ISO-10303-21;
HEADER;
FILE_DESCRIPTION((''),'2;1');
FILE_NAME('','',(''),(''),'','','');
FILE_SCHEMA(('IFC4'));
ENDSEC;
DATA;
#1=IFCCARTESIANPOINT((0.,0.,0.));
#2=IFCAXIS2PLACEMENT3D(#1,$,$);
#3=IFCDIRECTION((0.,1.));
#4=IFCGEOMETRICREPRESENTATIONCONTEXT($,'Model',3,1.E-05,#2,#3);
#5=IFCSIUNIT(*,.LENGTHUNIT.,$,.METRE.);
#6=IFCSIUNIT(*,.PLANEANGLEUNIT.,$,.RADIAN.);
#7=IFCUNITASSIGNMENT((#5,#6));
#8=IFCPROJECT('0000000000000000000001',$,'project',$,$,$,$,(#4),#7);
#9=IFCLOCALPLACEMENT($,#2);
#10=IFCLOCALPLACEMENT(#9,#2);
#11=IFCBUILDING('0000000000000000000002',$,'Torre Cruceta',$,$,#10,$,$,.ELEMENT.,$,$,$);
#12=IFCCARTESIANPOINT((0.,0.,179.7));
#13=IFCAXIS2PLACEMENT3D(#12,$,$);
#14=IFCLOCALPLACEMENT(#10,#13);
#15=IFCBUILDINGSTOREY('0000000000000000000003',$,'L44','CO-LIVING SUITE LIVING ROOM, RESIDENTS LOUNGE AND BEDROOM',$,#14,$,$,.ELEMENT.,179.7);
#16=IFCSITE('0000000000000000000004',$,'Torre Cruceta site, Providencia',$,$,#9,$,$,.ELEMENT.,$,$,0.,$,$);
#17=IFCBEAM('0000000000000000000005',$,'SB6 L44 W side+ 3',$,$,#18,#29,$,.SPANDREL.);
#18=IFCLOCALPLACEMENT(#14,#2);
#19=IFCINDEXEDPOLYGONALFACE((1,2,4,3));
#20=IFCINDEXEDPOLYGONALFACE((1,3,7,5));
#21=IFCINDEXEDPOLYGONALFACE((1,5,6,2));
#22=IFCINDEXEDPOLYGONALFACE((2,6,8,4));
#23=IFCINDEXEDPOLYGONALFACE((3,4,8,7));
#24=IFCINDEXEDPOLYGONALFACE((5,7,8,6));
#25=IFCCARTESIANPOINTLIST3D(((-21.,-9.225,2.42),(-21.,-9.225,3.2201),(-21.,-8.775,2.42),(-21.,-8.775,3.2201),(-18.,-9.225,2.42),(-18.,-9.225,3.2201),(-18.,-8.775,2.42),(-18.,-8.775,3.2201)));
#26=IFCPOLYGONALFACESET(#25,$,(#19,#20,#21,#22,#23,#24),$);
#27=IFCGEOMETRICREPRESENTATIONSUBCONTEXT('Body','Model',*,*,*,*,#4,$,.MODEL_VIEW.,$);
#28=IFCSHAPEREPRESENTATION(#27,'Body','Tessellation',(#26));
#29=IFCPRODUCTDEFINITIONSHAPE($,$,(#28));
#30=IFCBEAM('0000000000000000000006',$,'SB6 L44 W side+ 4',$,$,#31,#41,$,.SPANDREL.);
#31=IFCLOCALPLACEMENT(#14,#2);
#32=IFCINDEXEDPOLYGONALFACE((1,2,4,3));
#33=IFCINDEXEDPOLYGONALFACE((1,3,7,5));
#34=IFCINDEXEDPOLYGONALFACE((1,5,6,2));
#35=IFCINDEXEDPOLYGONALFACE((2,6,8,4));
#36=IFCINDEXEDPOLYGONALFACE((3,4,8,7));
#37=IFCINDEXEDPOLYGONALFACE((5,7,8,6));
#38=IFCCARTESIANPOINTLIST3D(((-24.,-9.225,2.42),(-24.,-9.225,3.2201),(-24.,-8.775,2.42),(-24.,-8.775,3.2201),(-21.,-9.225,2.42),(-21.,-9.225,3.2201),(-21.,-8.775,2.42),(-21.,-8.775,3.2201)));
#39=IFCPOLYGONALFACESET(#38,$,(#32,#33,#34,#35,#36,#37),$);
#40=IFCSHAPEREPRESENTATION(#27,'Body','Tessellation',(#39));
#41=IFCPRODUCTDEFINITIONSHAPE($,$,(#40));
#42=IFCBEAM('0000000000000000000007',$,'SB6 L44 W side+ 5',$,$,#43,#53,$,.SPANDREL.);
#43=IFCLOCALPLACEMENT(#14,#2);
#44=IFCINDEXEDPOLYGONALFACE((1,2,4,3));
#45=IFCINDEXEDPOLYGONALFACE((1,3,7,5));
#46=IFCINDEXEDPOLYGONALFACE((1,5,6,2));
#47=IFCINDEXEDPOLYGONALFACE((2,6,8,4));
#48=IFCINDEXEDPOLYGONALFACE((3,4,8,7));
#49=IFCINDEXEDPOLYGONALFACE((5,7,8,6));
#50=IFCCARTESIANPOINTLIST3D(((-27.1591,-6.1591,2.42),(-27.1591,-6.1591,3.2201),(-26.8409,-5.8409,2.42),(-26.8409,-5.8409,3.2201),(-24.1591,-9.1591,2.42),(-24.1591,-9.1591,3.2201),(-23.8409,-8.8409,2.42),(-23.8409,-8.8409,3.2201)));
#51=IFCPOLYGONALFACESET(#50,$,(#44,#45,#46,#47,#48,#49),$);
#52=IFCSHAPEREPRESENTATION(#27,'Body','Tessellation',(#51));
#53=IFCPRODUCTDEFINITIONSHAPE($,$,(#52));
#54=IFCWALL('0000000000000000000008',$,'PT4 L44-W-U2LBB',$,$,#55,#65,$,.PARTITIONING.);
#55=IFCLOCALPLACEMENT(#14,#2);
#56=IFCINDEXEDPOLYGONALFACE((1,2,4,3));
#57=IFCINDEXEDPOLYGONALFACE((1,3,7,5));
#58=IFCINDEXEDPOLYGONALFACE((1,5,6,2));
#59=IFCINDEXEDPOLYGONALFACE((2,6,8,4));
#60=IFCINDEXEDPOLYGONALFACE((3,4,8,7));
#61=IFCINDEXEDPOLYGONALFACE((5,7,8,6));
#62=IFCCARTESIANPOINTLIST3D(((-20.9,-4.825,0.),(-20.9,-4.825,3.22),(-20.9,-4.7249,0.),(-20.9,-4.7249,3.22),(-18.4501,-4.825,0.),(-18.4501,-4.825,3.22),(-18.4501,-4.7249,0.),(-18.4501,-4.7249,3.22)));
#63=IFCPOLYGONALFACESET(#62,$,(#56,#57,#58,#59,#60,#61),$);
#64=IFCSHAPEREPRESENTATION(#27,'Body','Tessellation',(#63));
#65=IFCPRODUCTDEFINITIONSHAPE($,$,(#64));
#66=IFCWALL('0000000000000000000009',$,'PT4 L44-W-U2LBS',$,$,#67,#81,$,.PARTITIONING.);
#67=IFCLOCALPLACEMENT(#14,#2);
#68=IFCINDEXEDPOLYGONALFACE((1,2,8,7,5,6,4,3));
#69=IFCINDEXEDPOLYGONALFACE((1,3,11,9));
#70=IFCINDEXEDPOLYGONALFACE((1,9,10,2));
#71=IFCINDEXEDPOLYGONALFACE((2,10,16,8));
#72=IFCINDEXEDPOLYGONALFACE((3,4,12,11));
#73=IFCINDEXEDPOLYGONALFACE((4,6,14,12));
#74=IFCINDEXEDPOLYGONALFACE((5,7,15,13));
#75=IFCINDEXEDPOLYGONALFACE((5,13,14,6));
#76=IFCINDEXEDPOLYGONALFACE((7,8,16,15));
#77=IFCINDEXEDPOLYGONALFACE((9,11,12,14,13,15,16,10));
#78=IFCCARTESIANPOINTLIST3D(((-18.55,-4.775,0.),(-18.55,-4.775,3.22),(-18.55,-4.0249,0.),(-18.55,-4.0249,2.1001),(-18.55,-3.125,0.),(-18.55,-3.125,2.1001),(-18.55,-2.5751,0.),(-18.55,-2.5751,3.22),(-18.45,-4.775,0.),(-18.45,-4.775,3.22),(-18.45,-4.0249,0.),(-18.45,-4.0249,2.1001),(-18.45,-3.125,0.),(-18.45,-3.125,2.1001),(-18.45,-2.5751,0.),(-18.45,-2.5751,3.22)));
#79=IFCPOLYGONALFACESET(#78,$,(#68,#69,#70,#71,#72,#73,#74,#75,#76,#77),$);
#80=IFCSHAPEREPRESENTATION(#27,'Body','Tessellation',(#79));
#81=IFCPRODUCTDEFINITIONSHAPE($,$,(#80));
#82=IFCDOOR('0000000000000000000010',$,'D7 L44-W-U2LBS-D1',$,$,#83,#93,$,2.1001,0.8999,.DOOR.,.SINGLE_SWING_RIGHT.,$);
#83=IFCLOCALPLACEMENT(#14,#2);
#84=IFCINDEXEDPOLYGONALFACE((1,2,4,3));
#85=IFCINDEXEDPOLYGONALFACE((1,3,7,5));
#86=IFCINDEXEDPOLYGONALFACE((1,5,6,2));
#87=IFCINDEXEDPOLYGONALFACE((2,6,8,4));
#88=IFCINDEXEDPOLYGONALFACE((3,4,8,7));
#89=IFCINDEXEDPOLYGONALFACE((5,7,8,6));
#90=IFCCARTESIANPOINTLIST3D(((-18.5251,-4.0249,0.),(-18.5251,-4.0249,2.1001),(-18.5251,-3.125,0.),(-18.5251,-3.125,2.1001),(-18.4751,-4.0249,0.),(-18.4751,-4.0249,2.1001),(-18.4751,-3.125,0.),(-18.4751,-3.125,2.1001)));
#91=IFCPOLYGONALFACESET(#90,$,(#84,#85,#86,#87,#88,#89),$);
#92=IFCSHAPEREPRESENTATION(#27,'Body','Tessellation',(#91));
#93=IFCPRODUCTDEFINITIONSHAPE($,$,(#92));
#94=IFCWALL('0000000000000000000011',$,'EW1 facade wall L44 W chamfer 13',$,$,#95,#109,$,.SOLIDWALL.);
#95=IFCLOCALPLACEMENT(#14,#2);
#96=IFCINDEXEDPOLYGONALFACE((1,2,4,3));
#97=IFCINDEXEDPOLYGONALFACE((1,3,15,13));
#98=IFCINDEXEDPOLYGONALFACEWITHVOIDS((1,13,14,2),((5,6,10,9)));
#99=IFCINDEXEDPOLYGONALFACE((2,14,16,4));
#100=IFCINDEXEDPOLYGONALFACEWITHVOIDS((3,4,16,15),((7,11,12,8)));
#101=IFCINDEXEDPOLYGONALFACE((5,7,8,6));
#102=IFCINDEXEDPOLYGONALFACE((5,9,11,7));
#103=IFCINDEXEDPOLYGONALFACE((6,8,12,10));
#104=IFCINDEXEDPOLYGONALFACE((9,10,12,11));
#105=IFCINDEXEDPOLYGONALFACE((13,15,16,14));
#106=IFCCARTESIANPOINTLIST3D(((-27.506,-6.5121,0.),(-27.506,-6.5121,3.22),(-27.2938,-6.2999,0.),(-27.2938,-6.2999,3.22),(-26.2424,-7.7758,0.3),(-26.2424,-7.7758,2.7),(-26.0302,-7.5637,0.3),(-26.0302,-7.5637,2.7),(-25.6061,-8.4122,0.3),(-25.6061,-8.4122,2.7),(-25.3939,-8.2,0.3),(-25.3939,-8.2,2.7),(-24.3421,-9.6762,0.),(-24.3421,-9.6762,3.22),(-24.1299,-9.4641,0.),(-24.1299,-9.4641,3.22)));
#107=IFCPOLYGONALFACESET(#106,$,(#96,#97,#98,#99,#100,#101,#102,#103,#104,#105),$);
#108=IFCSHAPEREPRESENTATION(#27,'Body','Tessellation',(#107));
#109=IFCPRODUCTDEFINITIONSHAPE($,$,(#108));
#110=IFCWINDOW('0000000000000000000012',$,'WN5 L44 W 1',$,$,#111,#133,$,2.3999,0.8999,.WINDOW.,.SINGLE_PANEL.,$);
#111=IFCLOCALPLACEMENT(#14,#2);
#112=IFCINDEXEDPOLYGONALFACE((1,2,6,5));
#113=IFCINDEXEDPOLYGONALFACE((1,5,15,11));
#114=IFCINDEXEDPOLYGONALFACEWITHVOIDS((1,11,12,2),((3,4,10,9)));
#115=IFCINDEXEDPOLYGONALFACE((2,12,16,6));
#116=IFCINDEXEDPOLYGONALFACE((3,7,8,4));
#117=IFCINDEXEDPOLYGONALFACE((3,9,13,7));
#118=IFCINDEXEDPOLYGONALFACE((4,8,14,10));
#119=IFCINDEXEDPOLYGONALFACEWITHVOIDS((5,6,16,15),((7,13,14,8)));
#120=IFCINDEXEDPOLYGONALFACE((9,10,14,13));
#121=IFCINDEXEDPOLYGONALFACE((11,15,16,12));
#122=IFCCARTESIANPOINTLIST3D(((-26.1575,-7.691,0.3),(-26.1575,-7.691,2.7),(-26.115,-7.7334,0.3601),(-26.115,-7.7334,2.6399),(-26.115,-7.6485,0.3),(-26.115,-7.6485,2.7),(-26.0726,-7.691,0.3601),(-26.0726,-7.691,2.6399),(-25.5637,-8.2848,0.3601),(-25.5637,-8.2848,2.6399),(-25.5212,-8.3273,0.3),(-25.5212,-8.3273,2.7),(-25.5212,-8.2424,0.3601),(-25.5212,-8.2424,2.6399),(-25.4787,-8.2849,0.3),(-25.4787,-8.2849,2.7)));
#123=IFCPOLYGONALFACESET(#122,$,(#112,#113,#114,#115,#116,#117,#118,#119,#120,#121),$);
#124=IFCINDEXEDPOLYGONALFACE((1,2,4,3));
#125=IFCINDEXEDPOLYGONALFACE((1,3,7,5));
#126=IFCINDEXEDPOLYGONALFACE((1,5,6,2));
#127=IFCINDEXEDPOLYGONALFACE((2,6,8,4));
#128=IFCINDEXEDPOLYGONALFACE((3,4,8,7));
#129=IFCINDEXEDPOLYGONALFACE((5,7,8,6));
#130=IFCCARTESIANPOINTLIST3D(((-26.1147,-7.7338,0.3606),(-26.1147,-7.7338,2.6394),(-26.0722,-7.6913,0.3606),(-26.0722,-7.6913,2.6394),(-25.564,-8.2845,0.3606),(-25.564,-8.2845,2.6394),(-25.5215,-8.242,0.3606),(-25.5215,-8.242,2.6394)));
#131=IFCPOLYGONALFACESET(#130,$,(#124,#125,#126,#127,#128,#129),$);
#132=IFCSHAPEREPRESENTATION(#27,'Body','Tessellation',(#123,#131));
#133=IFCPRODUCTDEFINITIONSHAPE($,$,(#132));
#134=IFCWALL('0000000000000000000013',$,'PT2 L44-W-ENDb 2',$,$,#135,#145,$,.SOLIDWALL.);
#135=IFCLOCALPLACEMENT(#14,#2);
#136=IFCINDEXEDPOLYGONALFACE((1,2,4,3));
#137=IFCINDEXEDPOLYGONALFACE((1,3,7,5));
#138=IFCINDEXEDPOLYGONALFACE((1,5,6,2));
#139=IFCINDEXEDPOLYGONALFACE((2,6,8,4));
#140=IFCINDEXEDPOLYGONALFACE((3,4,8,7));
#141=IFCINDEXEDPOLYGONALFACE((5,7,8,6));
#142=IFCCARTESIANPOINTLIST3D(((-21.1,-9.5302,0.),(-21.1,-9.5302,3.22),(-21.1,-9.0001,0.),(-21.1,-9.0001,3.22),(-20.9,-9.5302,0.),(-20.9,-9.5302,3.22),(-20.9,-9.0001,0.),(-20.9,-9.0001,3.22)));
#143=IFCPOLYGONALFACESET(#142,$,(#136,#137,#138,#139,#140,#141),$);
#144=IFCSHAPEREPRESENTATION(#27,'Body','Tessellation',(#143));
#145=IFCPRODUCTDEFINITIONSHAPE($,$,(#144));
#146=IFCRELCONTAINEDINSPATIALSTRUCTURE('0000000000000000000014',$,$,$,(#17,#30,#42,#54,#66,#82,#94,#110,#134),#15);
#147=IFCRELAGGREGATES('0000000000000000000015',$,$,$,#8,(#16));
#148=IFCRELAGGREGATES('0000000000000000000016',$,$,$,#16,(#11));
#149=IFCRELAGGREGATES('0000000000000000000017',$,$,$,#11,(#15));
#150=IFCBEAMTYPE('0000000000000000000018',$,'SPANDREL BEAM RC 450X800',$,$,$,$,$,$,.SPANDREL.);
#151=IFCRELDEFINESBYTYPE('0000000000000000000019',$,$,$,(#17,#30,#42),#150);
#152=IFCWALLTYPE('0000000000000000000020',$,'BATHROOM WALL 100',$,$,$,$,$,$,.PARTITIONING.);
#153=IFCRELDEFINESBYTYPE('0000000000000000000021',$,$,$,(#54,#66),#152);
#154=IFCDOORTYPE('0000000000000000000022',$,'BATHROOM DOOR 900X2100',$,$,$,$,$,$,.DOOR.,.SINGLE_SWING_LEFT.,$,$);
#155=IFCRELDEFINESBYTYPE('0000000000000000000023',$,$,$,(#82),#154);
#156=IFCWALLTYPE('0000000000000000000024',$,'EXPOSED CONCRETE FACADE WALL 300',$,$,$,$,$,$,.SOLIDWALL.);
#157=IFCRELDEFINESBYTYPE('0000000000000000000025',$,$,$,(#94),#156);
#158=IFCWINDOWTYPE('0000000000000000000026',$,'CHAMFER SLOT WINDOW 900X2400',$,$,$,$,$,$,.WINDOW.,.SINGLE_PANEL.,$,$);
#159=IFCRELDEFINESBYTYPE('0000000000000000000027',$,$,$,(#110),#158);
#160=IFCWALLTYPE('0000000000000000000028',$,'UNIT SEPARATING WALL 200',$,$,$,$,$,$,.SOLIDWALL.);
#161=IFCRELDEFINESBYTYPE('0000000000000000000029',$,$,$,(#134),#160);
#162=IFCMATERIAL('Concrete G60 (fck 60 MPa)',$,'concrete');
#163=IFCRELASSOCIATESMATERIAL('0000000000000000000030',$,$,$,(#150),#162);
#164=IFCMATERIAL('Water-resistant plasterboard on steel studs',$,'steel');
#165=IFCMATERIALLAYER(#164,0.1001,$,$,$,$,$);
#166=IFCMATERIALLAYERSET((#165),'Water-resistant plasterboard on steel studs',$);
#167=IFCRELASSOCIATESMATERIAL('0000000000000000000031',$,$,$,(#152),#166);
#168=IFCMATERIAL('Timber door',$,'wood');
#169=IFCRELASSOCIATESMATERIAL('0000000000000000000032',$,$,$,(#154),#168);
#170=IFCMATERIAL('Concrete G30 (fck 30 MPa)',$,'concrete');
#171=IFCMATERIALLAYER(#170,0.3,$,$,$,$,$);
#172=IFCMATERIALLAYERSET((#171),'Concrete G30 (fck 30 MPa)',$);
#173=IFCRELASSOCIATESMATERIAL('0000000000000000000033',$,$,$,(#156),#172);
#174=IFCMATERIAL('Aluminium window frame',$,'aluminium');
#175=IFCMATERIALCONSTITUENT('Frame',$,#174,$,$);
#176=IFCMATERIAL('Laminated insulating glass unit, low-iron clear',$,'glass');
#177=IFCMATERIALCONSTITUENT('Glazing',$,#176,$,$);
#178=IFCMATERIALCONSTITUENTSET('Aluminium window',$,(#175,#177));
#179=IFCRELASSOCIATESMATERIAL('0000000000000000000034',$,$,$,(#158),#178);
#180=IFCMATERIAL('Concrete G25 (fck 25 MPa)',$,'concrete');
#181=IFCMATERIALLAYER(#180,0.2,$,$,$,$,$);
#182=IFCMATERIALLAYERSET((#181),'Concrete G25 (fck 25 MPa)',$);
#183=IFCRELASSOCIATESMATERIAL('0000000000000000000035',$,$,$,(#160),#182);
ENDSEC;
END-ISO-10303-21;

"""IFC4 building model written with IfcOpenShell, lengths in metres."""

from ifc_helpers import new_model, si_unit, direction, frame, frame_2d, origin, origin_2d, place, context, subcontext, project, spatial, rectangle, hollow_rectangle, extrude, material, layer, layer_set, constituent, constituent_set, material_profile, profile_set, type_object, element, fill, save


model = new_model("IFC4")

# Units and contexts
model_context = context("Model", 3, precision=1e-05, world=origin(), true_north=direction((0.0, 1.0)))
body_context = subcontext(model_context, "Body", "Model", "MODEL_VIEW")
ifc_project = project(units=[si_unit("LENGTHUNIT", "METRE"), si_unit("PLANEANGLEUNIT", "RADIAN")], contexts=[model_context])

# Site, building, storey
site_placement = place(None, origin())
site = spatial("IfcSite", under=ifc_project, at=site_placement, Name="Torre Cruceta site, Providencia", CompositionType="ELEMENT", RefElevation=0.0)
building_placement = place(site_placement, origin())
building = spatial("IfcBuilding", under=site, at=building_placement, Name="Torre Cruceta", CompositionType="ELEMENT")
storey_placement = place(building_placement, frame((0.0, 0.0, 179.7)))
storey = spatial("IfcBuildingStorey", under=building, at=storey_placement, Name="L44", Description="CO-LIVING SUITE LIVING ROOM, RESIDENTS LOUNGE AND BEDROOM", CompositionType="ELEMENT", Elevation=179.7)

# Beams
ifc_material_1 = material(Name="Concrete G60 (fck 60 MPa)", Category="concrete")
ifc_material_profile_1 = material_profile(ifc_material_1, rectangle(XDim=0.45, YDim=0.8, at=origin_2d()), Name="RC 450X800")
ifc_profile_set_1 = profile_set([ifc_material_profile_1], Name="Concrete G60 (fck 60 MPa)")
beam_type_1 = type_object("IfcBeamType", Name="SPANDREL BEAM RC 450X800", PredefinedType="SPANDREL", material=ifc_profile_set_1)
for number, where, z_axis, x_axis, name in (
    (1, (-18.0, -9.0, 2.8201), (-1.0, 0.0, 0.0), (0.0, -1.0, 0.0), "SB6 L44 W side+ 3"),
    (2, (-21.0, -9.0, 2.8201), (-1.0, 0.0, 0.0), (0.0, -1.0, 0.0), "SB6 L44 W side+ 4"),
):
    element("IfcBeam", number, at=place(storey_placement, frame(where, z_axis=z_axis, x_axis=x_axis)), inside=storey, type_object=beam_type_1, Name=name, PredefinedType="SPANDREL", context=body_context, shape_type="SweptSolid", body=[
        extrude(rectangle(XDim=0.45, YDim=0.8, at=origin_2d()), origin(), (0.0, 0.0, 1.0), 3.0),
    ])
beam_1_placement = place(storey_placement, frame((-24.0, -9.0, 2.8201), z_axis=(-0.707107, 0.707107, 0.0), x_axis=(-0.707107, -0.707107, 0.0)))
element("IfcBeam", 3, at=beam_1_placement, inside=storey, type_object=beam_type_1, Name="SB6 L44 W side+ 5", PredefinedType="SPANDREL", context=body_context, shape_type="SweptSolid", body=[
    extrude(rectangle(XDim=0.45, YDim=0.8, at=origin_2d()), origin(), (0.0, 0.0, 1.0), 4.2427),
])

# Wall
ifc_material_2 = material(Name="Water-resistant plasterboard on steel studs", Category="steel")
ifc_layer_1 = layer(ifc_material_2, 0.1001)
ifc_layer_set_1 = layer_set([ifc_layer_1], Name="Water-resistant plasterboard on steel studs")
wall_type_1 = type_object("IfcWallType", Name="BATHROOM WALL 100", PredefinedType="PARTITIONING", material=ifc_layer_set_1)
wall_1_placement = place(storey_placement, frame((-18.45, -4.7749, 0.0), z_axis=(0.0, 0.0, 1.0), x_axis=(-1.0, 0.0, 0.0)))
element("IfcWall", 4, at=wall_1_placement, inside=storey, type_object=wall_type_1, Name="PT4 L44-W-U2LBB", PredefinedType="PARTITIONING", context=body_context, shape_type="SweptSolid", body=[
    extrude(rectangle(XDim=2.45, YDim=0.1001, at=frame_2d((1.2251, 0.0))), origin(), (0.0, 0.0, 1.0), 3.22),
])

# Wall, opening, door
wall_2_placement = place(storey_placement, frame((-18.5, -2.575, 0.0), z_axis=(0.0, 0.0, 1.0), x_axis=(0.0, -1.0, 0.0)))
wall_2 = element("IfcWall", 5, at=wall_2_placement, inside=storey, type_object=wall_type_1, Name="PT4 L44-W-U2LBS", PredefinedType="PARTITIONING", context=body_context, shape_type="SweptSolid", body=[
    extrude(rectangle(XDim=2.2, YDim=0.1001, at=frame_2d((1.1001, 0.0))), origin(), (0.0, 0.0, 1.0), 3.22),
])
opening_1_placement = place(wall_2_placement, frame((0.55, 0.0, 0.0)))
opening_1 = element("IfcOpeningElement", 6, at=opening_1_placement, cuts=wall_2, PredefinedType="OPENING", context=body_context, shape_type="SweptSolid", body=[
    extrude(rectangle(XDim=0.8999, YDim=2.1001, at=frame_2d((0.45, 1.05))), frame((0.0, 0.0601, 0.0), z_axis=(0.0, -1.0, 0.0), x_axis=(1.0, 0.0, 0.0)), (0.0, 0.0, 1.0), 0.1201),
])
ifc_material_3 = material(Name="Timber door", Category="wood")
door_type_1 = type_object("IfcDoorType", Name="BATHROOM DOOR 900X2100", OperationType="SINGLE_SWING_LEFT", PredefinedType="DOOR", material=ifc_material_3)
door_1_placement = place(opening_1_placement, frame((0.8999, 0.0, 0.0), z_axis=(0.0, 0.0, 1.0), x_axis=(-1.0, 0.0, 0.0)))
door_1 = element("IfcDoor", 7, at=door_1_placement, inside=storey, type_object=door_type_1, Name="D7 L44-W-U2LBS-D1", OperationType="SINGLE_SWING_RIGHT", OverallHeight=2.1001, OverallWidth=0.8999, PredefinedType="DOOR", context=body_context, shape_type="SweptSolid", body=[
    extrude(rectangle(XDim=0.8999, YDim=2.1001, at=frame_2d((0.45, 1.05))), frame((0.0, 0.0251, 0.0), z_axis=(0.0, -1.0, 0.0), x_axis=(1.0, 0.0, 0.0)), (0.0, 0.0, 1.0), 0.05),
])
fill(opening_1, door_1)

# Wall, opening, window
ifc_material_4 = material(Name="Concrete G30 (fck 30 MPa)", Category="concrete")
ifc_layer_2 = layer(ifc_material_4, 0.3)
ifc_layer_set_2 = layer_set([ifc_layer_2], Name="Concrete G30 (fck 30 MPa)")
wall_type_2 = type_object("IfcWallType", Name="EXPOSED CONCRETE FACADE WALL 300", PredefinedType="SOLIDWALL", material=ifc_layer_set_2)
wall_3_placement = place(storey_placement, frame((-27.3999, -6.406, 0.0), z_axis=(0.0, 0.0, 1.0), x_axis=(0.707079, -0.707134, 0.0)))
wall_3 = element("IfcWall", 8, at=wall_3_placement, inside=storey, type_object=wall_type_2, Name="EW1 facade wall L44 W chamfer 13", PredefinedType="SOLIDWALL", context=body_context, shape_type="SweptSolid", body=[
    extrude(rectangle(XDim=4.4746, YDim=0.3, at=frame_2d((2.2373, 0.0))), origin(), (0.0, 0.0, 1.0), 3.22),
])
opening_2_placement = place(wall_3_placement, frame((1.7871, 0.0, 0.3)))
opening_2 = element("IfcOpeningElement", 9, at=opening_2_placement, cuts=wall_3, PredefinedType="OPENING", context=body_context, shape_type="SweptSolid", body=[
    extrude(rectangle(XDim=0.8999, YDim=2.3999, at=frame_2d((0.45, 1.2))), frame((0.0, 0.1599, 0.0), z_axis=(0.0, -1.0, 0.0), x_axis=(1.0, 0.0, 0.0)), (0.0, 0.0, 1.0), 0.3201),
])
ifc_material_5 = material(Name="Aluminium window frame", Category="aluminium")
ifc_constituent_1 = constituent(ifc_material_5, Name="Frame")
ifc_material_6 = material(Name="Laminated insulating glass unit, low-iron clear", Category="glass")
ifc_constituent_2 = constituent(ifc_material_6, Name="Glazing")
ifc_constituent_set_1 = constituent_set(constituents=[ifc_constituent_1, ifc_constituent_2], Name="Aluminium window")
window_type = type_object("IfcWindowType", Name="CHAMFER SLOT WINDOW 900X2400", PartitioningType="SINGLE_PANEL", PredefinedType="WINDOW", material=ifc_constituent_set_1)
window_placement = place(opening_2_placement, origin())
window = element("IfcWindow", 10, at=window_placement, inside=storey, type_object=window_type, Name="WN5 L44 W 1", OverallHeight=2.3999, OverallWidth=0.8999, PartitioningType="SINGLE_PANEL", PredefinedType="WINDOW", context=body_context, shape_type="SweptSolid", body=[
    extrude(hollow_rectangle(XDim=0.8999, YDim=2.3999, WallThickness=0.0601, at=frame_2d((0.45, 1.2))), frame((0.0, 0.03, 0.0), z_axis=(0.0, -1.0, 0.0), x_axis=(1.0, 0.0, 0.0)), (0.0, 0.0, 1.0), 0.0601),
    extrude(rectangle(XDim=0.7788, YDim=2.2788, at=frame_2d((0.45, 1.2))), frame((0.0, 0.03, 0.0), z_axis=(0.0, -1.0, 0.0), x_axis=(1.0, 0.0, 0.0)), (0.0, 0.0, 1.0), 0.0601),
])
fill(opening_2, window)

# Wall
ifc_material_7 = material(Name="Concrete G25 (fck 25 MPa)", Category="concrete")
ifc_layer_3 = layer(ifc_material_7, 0.2)
ifc_layer_set_3 = layer_set([ifc_layer_3], Name="Concrete G25 (fck 25 MPa)")
wall_type_3 = type_object("IfcWallType", Name="UNIT SEPARATING WALL 200", PredefinedType="SOLIDWALL", material=ifc_layer_set_3)
wall_4_placement = place(storey_placement, frame((-21.0, -9.0, 0.0), z_axis=(0.0, 0.0, 1.0), x_axis=(0.0, -1.0, 0.0)))
element("IfcWall", 11, at=wall_4_placement, inside=storey, type_object=wall_type_3, Name="PT2 L44-W-ENDb 2", PredefinedType="SOLIDWALL", context=body_context, shape_type="SweptSolid", body=[
    extrude(rectangle(XDim=0.53, YDim=0.2, at=frame_2d((0.2651, 0.0))), origin(), (0.0, 0.0, 1.0), 3.22),
])

save(model, "model.ifc")
